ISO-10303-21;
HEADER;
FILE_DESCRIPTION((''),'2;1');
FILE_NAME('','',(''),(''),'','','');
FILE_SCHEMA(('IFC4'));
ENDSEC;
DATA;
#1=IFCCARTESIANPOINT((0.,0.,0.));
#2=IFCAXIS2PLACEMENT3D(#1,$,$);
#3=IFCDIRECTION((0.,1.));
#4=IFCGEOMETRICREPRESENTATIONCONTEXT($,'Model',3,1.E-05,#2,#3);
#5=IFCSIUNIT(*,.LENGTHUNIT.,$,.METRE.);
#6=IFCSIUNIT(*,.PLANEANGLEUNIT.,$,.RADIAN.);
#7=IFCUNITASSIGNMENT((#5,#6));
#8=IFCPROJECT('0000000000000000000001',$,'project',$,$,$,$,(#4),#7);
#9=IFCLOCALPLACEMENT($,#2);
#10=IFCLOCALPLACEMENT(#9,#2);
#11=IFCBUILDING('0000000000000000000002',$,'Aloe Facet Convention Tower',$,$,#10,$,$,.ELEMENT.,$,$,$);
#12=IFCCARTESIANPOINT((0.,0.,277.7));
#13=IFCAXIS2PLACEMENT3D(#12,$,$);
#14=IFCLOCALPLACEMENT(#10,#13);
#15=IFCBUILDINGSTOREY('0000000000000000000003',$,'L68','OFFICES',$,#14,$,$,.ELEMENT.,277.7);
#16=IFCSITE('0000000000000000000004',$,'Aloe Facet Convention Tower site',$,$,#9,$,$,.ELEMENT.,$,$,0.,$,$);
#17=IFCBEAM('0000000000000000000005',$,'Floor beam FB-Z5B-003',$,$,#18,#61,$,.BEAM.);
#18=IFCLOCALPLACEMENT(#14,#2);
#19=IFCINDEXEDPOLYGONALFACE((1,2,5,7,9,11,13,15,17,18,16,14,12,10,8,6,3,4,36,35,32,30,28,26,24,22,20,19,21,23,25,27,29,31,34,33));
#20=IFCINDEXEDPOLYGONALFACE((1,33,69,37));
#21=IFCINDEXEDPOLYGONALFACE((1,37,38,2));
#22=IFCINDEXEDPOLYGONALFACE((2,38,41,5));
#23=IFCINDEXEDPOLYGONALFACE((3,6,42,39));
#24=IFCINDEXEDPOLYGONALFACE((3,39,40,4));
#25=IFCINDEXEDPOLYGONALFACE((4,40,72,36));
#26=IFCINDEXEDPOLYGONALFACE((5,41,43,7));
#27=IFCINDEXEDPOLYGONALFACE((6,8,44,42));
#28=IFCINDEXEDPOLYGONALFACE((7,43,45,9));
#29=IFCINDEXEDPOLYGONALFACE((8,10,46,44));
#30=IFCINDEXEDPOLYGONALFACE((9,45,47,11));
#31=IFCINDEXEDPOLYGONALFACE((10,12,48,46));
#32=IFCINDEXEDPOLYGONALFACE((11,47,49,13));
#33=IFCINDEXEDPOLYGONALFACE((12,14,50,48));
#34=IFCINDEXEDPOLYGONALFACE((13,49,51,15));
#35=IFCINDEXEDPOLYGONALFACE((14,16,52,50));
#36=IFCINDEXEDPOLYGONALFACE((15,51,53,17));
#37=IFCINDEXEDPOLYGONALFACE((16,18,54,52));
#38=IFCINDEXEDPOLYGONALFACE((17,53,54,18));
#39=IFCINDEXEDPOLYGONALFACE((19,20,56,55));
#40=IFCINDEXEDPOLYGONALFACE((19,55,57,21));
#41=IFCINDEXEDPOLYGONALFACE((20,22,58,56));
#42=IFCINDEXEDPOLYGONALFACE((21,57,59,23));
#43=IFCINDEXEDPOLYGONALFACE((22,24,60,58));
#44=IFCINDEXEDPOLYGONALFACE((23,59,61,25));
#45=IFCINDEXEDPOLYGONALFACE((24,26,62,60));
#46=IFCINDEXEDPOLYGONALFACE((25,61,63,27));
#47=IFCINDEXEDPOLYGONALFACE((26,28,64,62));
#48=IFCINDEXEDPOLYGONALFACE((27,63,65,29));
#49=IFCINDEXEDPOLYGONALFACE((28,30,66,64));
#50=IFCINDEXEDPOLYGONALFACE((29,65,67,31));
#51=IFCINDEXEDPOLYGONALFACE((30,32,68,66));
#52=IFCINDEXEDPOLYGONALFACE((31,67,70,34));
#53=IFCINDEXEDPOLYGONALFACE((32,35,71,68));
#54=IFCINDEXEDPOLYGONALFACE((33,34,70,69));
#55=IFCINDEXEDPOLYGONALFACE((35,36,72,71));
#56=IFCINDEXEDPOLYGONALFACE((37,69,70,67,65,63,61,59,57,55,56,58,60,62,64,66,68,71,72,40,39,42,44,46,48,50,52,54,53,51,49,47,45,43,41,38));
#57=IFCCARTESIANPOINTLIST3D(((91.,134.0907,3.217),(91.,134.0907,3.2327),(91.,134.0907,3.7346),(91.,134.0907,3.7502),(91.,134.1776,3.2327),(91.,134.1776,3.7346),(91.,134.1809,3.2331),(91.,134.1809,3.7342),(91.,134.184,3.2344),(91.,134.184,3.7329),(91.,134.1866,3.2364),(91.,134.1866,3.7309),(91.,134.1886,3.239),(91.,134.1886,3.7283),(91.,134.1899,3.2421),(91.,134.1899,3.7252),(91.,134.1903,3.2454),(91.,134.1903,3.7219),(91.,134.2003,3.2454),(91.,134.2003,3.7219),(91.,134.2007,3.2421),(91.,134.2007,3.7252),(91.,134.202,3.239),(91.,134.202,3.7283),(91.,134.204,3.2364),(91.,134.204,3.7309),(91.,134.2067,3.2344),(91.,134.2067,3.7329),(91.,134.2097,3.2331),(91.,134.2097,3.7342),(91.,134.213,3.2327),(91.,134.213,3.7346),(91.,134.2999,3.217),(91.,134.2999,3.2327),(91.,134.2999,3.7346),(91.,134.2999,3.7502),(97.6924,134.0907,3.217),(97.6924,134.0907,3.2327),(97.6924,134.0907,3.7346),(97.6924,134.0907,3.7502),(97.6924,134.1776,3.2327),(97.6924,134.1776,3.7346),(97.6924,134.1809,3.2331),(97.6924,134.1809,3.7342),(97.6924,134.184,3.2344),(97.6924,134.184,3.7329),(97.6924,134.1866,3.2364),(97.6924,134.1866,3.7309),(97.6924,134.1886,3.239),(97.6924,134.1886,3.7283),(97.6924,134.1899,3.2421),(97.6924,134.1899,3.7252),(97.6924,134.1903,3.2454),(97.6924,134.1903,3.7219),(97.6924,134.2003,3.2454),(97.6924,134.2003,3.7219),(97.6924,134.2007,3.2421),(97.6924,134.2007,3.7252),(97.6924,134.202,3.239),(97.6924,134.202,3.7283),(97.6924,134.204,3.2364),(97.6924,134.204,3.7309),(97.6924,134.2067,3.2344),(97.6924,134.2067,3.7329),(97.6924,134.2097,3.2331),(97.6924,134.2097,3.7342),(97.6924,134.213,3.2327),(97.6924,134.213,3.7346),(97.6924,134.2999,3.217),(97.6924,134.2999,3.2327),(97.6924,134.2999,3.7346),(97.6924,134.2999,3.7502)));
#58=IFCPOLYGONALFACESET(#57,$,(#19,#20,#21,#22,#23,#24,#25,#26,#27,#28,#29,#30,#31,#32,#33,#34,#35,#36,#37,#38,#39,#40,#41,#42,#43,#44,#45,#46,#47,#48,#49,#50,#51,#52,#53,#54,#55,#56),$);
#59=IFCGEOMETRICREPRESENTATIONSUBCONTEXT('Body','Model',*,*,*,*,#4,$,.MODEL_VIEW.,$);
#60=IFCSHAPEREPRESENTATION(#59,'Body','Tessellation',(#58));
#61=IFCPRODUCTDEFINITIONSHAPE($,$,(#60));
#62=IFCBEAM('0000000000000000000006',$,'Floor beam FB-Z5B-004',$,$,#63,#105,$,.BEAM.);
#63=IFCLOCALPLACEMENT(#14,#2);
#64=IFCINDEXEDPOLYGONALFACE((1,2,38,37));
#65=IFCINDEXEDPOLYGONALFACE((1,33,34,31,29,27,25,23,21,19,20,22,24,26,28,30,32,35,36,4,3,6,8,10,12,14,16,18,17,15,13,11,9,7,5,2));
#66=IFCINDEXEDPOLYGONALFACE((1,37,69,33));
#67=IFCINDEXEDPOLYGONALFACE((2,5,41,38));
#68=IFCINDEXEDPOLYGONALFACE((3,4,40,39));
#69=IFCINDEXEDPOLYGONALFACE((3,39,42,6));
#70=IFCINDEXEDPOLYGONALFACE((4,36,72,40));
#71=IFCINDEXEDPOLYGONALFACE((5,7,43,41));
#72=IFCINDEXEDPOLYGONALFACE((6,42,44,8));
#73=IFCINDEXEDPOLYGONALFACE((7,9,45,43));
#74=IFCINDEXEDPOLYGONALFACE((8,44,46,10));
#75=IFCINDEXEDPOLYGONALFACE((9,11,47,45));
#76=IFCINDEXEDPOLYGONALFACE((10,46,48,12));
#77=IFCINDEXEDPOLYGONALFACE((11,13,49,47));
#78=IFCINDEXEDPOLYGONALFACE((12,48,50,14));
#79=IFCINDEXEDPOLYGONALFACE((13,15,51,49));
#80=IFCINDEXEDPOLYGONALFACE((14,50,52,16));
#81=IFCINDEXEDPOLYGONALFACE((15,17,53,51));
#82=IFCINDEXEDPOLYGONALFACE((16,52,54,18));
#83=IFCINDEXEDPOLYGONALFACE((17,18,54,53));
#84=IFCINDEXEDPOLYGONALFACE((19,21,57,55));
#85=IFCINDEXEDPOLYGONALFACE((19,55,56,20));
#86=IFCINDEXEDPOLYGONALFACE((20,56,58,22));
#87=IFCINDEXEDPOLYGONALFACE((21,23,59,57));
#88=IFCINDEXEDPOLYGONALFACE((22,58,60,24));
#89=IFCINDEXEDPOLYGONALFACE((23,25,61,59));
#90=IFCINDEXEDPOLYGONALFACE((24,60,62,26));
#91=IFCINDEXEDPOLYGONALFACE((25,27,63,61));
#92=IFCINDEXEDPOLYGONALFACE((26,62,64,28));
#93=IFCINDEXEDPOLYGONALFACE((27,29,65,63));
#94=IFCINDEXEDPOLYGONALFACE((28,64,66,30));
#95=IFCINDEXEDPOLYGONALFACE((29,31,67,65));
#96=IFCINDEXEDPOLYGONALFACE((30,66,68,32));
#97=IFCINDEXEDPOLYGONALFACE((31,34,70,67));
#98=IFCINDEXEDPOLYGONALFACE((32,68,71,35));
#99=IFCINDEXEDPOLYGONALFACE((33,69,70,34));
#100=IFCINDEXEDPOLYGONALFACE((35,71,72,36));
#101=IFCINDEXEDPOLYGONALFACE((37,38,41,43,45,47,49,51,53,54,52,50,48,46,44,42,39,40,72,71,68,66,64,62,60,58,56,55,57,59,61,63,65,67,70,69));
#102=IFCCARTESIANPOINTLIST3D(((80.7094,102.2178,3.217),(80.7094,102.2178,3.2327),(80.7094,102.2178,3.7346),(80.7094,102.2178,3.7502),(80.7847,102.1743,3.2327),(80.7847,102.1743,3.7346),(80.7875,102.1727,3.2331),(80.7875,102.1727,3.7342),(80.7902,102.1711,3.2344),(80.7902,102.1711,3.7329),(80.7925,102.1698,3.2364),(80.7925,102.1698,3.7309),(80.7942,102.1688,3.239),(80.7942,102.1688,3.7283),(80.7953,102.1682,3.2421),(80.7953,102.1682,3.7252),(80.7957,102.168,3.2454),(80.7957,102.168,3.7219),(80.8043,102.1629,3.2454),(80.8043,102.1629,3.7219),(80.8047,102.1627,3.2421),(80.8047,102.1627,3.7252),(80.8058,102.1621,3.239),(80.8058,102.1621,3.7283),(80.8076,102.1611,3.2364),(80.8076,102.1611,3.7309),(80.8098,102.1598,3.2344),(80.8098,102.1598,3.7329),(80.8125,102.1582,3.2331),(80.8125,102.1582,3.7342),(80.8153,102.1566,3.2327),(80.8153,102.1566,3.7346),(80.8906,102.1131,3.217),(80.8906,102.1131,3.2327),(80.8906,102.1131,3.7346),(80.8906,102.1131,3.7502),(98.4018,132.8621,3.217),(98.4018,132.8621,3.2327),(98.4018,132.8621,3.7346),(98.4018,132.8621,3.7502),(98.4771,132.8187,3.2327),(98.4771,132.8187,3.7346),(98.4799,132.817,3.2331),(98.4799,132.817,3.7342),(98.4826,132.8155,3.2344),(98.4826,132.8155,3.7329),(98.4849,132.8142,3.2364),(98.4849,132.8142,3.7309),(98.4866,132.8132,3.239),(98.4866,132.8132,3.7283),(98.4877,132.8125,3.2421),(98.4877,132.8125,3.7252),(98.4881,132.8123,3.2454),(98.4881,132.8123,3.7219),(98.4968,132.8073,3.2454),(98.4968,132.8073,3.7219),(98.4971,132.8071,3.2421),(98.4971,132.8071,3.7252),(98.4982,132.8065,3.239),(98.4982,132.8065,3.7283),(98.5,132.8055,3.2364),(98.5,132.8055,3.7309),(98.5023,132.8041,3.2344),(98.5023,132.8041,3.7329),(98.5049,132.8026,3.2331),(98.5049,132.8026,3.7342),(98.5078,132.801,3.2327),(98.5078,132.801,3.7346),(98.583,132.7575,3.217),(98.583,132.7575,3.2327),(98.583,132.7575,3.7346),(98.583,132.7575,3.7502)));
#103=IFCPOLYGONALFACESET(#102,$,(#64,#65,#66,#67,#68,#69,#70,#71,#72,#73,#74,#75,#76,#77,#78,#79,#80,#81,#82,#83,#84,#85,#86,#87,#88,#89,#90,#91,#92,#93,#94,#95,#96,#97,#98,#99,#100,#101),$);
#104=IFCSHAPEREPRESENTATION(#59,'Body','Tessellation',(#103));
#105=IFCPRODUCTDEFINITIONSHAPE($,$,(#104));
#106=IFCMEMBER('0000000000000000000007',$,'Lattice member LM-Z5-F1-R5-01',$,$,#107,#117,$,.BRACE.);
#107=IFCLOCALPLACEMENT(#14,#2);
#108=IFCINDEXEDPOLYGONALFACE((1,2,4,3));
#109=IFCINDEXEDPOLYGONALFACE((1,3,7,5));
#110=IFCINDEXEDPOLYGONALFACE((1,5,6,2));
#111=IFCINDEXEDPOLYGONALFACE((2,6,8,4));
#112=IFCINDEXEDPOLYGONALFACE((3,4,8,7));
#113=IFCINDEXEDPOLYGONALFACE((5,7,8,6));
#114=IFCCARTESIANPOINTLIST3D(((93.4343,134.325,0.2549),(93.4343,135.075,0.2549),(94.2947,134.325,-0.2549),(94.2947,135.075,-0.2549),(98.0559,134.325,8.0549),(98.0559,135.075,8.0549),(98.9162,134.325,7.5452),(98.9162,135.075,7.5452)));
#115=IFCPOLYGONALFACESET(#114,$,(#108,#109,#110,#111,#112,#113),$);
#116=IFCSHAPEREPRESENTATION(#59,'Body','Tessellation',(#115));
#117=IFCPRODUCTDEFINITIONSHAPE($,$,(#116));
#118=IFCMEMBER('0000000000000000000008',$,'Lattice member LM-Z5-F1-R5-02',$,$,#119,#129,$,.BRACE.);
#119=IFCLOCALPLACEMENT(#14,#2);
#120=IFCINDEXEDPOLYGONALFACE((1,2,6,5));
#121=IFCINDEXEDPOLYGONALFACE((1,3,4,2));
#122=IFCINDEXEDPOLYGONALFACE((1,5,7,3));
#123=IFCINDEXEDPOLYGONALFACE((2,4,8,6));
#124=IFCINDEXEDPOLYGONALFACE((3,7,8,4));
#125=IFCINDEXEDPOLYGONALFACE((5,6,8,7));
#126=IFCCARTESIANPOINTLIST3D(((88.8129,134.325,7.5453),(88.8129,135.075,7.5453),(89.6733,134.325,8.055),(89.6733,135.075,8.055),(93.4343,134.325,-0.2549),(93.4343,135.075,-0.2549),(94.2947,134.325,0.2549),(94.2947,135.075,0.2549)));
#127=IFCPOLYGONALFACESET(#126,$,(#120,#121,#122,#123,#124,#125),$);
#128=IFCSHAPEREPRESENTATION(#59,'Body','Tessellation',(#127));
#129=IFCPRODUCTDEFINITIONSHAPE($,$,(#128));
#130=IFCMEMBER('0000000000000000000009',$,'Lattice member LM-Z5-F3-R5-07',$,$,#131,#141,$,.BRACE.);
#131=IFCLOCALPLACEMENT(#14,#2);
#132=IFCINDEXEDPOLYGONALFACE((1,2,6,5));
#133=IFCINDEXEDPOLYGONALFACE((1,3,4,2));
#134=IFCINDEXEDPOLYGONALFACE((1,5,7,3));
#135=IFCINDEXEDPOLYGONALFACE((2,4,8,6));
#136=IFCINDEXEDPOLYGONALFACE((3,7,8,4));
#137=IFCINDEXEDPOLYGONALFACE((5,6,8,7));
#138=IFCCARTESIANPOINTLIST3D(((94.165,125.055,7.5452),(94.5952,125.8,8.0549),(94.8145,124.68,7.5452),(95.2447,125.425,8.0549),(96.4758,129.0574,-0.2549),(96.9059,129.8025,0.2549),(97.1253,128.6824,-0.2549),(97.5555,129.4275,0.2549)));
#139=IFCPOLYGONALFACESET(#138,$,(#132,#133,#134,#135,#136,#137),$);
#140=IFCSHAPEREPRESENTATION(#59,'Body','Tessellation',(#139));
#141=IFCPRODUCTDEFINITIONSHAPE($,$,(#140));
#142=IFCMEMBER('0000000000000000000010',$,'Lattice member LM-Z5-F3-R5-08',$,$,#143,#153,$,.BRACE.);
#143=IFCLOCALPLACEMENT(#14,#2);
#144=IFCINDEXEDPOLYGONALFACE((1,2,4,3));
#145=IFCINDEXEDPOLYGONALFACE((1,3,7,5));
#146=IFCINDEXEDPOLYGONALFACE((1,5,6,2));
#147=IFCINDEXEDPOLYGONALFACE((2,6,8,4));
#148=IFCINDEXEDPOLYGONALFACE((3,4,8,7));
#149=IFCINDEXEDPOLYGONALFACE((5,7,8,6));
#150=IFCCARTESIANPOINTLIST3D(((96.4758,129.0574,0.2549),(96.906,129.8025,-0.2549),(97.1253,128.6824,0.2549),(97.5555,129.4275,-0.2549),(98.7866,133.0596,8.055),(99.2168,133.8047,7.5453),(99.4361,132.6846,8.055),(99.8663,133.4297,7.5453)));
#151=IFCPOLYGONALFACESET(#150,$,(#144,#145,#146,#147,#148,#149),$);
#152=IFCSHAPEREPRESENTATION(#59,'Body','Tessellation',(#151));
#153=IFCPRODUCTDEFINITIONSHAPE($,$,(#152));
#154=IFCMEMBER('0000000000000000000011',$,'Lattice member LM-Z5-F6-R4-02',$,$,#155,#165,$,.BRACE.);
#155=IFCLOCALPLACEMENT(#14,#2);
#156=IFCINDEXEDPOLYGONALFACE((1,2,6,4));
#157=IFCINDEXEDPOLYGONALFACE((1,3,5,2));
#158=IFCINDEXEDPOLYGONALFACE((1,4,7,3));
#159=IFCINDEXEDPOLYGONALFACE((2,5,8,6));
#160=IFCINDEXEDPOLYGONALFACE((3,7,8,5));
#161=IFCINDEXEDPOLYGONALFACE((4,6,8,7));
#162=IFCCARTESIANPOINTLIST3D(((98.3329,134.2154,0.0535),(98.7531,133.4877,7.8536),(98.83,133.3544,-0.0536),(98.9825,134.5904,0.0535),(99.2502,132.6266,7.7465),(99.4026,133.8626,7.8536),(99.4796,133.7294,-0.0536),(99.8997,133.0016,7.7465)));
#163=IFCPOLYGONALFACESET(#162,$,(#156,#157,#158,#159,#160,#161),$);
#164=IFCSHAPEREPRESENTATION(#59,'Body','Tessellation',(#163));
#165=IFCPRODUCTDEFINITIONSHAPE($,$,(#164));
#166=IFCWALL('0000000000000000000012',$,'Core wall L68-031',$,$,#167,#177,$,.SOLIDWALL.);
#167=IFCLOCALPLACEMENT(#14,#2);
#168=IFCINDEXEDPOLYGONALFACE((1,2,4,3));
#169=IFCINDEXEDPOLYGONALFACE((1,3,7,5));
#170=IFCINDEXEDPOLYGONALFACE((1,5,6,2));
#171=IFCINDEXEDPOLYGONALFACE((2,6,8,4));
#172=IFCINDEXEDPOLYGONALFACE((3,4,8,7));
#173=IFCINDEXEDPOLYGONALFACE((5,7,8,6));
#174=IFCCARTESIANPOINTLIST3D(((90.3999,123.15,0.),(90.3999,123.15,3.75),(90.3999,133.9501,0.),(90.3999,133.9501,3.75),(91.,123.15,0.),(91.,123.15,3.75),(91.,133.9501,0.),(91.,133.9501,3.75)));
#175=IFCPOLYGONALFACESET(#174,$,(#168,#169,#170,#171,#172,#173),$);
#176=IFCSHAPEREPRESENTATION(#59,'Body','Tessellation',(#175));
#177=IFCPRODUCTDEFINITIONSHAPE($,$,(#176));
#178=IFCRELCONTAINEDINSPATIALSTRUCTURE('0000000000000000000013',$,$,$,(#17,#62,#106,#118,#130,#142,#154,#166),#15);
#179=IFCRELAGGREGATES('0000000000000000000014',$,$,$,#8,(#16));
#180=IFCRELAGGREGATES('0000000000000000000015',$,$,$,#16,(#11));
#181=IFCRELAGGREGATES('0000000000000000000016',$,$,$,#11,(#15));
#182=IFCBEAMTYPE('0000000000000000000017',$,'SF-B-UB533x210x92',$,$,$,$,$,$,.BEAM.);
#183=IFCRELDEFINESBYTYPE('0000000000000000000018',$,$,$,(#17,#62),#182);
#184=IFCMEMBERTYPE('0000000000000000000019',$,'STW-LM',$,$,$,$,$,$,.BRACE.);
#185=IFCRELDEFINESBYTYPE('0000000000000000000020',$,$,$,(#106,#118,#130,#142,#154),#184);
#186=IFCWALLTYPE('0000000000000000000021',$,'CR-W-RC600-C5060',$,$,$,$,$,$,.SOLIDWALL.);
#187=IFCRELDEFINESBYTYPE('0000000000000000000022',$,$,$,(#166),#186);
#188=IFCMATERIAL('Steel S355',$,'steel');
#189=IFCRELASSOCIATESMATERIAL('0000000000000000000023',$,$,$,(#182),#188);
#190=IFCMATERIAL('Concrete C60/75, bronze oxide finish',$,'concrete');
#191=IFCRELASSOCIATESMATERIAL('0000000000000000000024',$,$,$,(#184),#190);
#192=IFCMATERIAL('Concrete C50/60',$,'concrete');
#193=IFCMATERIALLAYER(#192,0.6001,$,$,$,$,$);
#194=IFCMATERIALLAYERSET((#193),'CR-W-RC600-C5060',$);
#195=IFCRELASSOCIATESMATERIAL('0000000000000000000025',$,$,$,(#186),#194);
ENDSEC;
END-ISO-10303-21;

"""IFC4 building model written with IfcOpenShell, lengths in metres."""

from ifc_helpers import new_model, si_unit, direction, frame, frame_2d, origin, origin_2d, place, context, subcontext, project, spatial, rectangle, i_section, extrude, material, layer, layer_set, material_profile, profile_set, type_object, element, save


model = new_model("IFC4")

# Units and contexts
model_context = context("Model", 3, precision=1e-05, world=origin(), true_north=direction((0.0, 1.0)))
body_context = subcontext(model_context, "Body", "Model", "MODEL_VIEW")
ifc_project = project(units=[si_unit("LENGTHUNIT", "METRE"), si_unit("PLANEANGLEUNIT", "RADIAN")], contexts=[model_context])

# Site, building, storey
site_placement = place(None, origin())
site = spatial("IfcSite", under=ifc_project, at=site_placement, Name="Aloe Facet Convention Tower site", CompositionType="ELEMENT", RefElevation=0.0)
building_placement = place(site_placement, origin())
building = spatial("IfcBuilding", under=site, at=building_placement, Name="Aloe Facet Convention Tower", CompositionType="ELEMENT")
storey_placement = place(building_placement, frame((0.0, 0.0, 277.7)))
storey = spatial("IfcBuildingStorey", under=building, at=storey_placement, Name="L68", Description="OFFICES", CompositionType="ELEMENT", Elevation=277.7)

# Beams
ifc_material_1 = material(Name="Steel S355", Category="steel")
ifc_material_profile_1 = material_profile(ifc_material_1, i_section(OverallWidth=0.2092, OverallDepth=0.5332, WebThickness=0.01, FlangeThickness=0.0156, FilletRadius=0.0127, at=origin_2d()), Name="UB 533x210x92")
ifc_profile_set_1 = profile_set([ifc_material_profile_1], Name="Steel S355")
beam_type_1 = type_object("IfcBeamType", Name="SF-B-UB533x210x92", PredefinedType="BEAM", material=ifc_profile_set_1)
beam_1_placement = place(storey_placement, frame((91.0, 134.1953, 3.4836), z_axis=(1.0, 0.0, 0.0), x_axis=(0.0, 1.0, 0.0)))
element("IfcBeam", 1, at=beam_1_placement, inside=storey, type_object=beam_type_1, Name="Floor beam FB-Z5B-003", PredefinedType="BEAM", context=body_context, shape_type="SweptSolid", body=[
    extrude(i_section(OverallWidth=0.2092, OverallDepth=0.5332, WebThickness=0.01, FlangeThickness=0.0156, FilletRadius=0.0127, at=origin_2d()), origin(), (0.0, 0.0, 1.0), 6.6924),
])
beam_2_placement = place(storey_placement, frame((98.4924, 132.8098, 3.4836), z_axis=(-0.499998, -0.866027, 0.0), x_axis=(0.866027, -0.499998, 0.0)))
element("IfcBeam", 2, at=beam_2_placement, inside=storey, type_object=beam_type_1, Name="Floor beam FB-Z5B-004", PredefinedType="BEAM", context=body_context, shape_type="SweptSolid", body=[
    extrude(i_section(OverallWidth=0.2092, OverallDepth=0.5332, WebThickness=0.01, FlangeThickness=0.0156, FilletRadius=0.0127, at=origin_2d()), origin(), (0.0, 0.0, 1.0), 35.385),
])

# Members
ifc_material_2 = material(Name="Concrete C60/75, bronze oxide finish", Category="concrete")
ifc_material_profile_2 = material_profile(ifc_material_2, rectangle(XDim=0.75, YDim=1.0, at=origin_2d()), Name="STW-LM")
ifc_profile_set_2 = profile_set([ifc_material_profile_2], Name="Concrete C60/75, bronze oxide finish")
member_type = type_object("IfcMemberType", Name="STW-LM", PredefinedType="BRACE", material=ifc_profile_set_2)
for number, where, z_axis, x_axis, name in (
    (3, (93.8645, 134.7, 0.0), (0.509748, 0.0, 0.860324), (0.0, 1.0, 0.0), "Lattice member LM-Z5-F1-R5-01"),
    (4, (93.8645, 134.7, 0.0), (-0.509728, 0.0, 0.860336), (0.0, -1.0, 0.0), "Lattice member LM-Z5-F1-R5-02"),
    (5, (97.0156, 129.2424, 0.0), (-0.254873, -0.441458, 0.860322), (0.866027, -0.499997, 0.0), "Lattice member LM-Z5-F3-R5-07"),
    (6, (97.0156, 129.2424, 0.0), (0.254876, 0.441436, 0.860333), (-0.866014, 0.50002, 0.0), "Lattice member LM-Z5-F3-R5-08"),
):
    element("IfcMember", number, at=place(storey_placement, frame(where, z_axis=z_axis, x_axis=x_axis)), inside=storey, type_object=member_type, Name=name, PredefinedType="BRACE", context=body_context, shape_type="SweptSolid", body=[
        extrude(rectangle(XDim=0.75, YDim=1.0, at=origin_2d()), origin(), (0.0, 0.0, 1.0), 9.0664),
    ])
member_placement = place(storey_placement, frame((99.3264, 133.2446, 7.8), z_axis=(-0.053557, 0.092768, -0.994246), x_axis=(-0.866036, -0.499982, 0.0)))
element("IfcMember", 7, at=member_placement, inside=storey, type_object=member_type, Name="Lattice member LM-Z5-F6-R4-02", PredefinedType="BRACE", context=body_context, shape_type="SweptSolid", body=[
    extrude(rectangle(XDim=0.75, YDim=1.0, at=origin_2d()), origin(), (0.0, 0.0, 1.0), 7.8452),
])

# Wall
ifc_material_3 = material(Name="Concrete C50/60", Category="concrete")
ifc_layer_1 = layer(ifc_material_3, 0.6001)
ifc_layer_set_1 = layer_set([ifc_layer_1], Name="CR-W-RC600-C5060")
wall_type_1 = type_object("IfcWallType", Name="CR-W-RC600-C5060", PredefinedType="SOLIDWALL", material=ifc_layer_set_1)
wall_1_placement = place(storey_placement, frame((90.7, 133.95, 0.0), z_axis=(0.0, 0.0, 1.0), x_axis=(0.0, -1.0, 0.0)))
element("IfcWall", 8, at=wall_1_placement, inside=storey, type_object=wall_type_1, Name="Core wall L68-031", PredefinedType="SOLIDWALL", context=body_context, shape_type="SweptSolid", body=[
    extrude(rectangle(XDim=10.8, YDim=0.6001, at=frame_2d((5.3999, 0.0))), origin(), (0.0, 0.0, 1.0), 3.75),
])

save(model, "model.ifc")
